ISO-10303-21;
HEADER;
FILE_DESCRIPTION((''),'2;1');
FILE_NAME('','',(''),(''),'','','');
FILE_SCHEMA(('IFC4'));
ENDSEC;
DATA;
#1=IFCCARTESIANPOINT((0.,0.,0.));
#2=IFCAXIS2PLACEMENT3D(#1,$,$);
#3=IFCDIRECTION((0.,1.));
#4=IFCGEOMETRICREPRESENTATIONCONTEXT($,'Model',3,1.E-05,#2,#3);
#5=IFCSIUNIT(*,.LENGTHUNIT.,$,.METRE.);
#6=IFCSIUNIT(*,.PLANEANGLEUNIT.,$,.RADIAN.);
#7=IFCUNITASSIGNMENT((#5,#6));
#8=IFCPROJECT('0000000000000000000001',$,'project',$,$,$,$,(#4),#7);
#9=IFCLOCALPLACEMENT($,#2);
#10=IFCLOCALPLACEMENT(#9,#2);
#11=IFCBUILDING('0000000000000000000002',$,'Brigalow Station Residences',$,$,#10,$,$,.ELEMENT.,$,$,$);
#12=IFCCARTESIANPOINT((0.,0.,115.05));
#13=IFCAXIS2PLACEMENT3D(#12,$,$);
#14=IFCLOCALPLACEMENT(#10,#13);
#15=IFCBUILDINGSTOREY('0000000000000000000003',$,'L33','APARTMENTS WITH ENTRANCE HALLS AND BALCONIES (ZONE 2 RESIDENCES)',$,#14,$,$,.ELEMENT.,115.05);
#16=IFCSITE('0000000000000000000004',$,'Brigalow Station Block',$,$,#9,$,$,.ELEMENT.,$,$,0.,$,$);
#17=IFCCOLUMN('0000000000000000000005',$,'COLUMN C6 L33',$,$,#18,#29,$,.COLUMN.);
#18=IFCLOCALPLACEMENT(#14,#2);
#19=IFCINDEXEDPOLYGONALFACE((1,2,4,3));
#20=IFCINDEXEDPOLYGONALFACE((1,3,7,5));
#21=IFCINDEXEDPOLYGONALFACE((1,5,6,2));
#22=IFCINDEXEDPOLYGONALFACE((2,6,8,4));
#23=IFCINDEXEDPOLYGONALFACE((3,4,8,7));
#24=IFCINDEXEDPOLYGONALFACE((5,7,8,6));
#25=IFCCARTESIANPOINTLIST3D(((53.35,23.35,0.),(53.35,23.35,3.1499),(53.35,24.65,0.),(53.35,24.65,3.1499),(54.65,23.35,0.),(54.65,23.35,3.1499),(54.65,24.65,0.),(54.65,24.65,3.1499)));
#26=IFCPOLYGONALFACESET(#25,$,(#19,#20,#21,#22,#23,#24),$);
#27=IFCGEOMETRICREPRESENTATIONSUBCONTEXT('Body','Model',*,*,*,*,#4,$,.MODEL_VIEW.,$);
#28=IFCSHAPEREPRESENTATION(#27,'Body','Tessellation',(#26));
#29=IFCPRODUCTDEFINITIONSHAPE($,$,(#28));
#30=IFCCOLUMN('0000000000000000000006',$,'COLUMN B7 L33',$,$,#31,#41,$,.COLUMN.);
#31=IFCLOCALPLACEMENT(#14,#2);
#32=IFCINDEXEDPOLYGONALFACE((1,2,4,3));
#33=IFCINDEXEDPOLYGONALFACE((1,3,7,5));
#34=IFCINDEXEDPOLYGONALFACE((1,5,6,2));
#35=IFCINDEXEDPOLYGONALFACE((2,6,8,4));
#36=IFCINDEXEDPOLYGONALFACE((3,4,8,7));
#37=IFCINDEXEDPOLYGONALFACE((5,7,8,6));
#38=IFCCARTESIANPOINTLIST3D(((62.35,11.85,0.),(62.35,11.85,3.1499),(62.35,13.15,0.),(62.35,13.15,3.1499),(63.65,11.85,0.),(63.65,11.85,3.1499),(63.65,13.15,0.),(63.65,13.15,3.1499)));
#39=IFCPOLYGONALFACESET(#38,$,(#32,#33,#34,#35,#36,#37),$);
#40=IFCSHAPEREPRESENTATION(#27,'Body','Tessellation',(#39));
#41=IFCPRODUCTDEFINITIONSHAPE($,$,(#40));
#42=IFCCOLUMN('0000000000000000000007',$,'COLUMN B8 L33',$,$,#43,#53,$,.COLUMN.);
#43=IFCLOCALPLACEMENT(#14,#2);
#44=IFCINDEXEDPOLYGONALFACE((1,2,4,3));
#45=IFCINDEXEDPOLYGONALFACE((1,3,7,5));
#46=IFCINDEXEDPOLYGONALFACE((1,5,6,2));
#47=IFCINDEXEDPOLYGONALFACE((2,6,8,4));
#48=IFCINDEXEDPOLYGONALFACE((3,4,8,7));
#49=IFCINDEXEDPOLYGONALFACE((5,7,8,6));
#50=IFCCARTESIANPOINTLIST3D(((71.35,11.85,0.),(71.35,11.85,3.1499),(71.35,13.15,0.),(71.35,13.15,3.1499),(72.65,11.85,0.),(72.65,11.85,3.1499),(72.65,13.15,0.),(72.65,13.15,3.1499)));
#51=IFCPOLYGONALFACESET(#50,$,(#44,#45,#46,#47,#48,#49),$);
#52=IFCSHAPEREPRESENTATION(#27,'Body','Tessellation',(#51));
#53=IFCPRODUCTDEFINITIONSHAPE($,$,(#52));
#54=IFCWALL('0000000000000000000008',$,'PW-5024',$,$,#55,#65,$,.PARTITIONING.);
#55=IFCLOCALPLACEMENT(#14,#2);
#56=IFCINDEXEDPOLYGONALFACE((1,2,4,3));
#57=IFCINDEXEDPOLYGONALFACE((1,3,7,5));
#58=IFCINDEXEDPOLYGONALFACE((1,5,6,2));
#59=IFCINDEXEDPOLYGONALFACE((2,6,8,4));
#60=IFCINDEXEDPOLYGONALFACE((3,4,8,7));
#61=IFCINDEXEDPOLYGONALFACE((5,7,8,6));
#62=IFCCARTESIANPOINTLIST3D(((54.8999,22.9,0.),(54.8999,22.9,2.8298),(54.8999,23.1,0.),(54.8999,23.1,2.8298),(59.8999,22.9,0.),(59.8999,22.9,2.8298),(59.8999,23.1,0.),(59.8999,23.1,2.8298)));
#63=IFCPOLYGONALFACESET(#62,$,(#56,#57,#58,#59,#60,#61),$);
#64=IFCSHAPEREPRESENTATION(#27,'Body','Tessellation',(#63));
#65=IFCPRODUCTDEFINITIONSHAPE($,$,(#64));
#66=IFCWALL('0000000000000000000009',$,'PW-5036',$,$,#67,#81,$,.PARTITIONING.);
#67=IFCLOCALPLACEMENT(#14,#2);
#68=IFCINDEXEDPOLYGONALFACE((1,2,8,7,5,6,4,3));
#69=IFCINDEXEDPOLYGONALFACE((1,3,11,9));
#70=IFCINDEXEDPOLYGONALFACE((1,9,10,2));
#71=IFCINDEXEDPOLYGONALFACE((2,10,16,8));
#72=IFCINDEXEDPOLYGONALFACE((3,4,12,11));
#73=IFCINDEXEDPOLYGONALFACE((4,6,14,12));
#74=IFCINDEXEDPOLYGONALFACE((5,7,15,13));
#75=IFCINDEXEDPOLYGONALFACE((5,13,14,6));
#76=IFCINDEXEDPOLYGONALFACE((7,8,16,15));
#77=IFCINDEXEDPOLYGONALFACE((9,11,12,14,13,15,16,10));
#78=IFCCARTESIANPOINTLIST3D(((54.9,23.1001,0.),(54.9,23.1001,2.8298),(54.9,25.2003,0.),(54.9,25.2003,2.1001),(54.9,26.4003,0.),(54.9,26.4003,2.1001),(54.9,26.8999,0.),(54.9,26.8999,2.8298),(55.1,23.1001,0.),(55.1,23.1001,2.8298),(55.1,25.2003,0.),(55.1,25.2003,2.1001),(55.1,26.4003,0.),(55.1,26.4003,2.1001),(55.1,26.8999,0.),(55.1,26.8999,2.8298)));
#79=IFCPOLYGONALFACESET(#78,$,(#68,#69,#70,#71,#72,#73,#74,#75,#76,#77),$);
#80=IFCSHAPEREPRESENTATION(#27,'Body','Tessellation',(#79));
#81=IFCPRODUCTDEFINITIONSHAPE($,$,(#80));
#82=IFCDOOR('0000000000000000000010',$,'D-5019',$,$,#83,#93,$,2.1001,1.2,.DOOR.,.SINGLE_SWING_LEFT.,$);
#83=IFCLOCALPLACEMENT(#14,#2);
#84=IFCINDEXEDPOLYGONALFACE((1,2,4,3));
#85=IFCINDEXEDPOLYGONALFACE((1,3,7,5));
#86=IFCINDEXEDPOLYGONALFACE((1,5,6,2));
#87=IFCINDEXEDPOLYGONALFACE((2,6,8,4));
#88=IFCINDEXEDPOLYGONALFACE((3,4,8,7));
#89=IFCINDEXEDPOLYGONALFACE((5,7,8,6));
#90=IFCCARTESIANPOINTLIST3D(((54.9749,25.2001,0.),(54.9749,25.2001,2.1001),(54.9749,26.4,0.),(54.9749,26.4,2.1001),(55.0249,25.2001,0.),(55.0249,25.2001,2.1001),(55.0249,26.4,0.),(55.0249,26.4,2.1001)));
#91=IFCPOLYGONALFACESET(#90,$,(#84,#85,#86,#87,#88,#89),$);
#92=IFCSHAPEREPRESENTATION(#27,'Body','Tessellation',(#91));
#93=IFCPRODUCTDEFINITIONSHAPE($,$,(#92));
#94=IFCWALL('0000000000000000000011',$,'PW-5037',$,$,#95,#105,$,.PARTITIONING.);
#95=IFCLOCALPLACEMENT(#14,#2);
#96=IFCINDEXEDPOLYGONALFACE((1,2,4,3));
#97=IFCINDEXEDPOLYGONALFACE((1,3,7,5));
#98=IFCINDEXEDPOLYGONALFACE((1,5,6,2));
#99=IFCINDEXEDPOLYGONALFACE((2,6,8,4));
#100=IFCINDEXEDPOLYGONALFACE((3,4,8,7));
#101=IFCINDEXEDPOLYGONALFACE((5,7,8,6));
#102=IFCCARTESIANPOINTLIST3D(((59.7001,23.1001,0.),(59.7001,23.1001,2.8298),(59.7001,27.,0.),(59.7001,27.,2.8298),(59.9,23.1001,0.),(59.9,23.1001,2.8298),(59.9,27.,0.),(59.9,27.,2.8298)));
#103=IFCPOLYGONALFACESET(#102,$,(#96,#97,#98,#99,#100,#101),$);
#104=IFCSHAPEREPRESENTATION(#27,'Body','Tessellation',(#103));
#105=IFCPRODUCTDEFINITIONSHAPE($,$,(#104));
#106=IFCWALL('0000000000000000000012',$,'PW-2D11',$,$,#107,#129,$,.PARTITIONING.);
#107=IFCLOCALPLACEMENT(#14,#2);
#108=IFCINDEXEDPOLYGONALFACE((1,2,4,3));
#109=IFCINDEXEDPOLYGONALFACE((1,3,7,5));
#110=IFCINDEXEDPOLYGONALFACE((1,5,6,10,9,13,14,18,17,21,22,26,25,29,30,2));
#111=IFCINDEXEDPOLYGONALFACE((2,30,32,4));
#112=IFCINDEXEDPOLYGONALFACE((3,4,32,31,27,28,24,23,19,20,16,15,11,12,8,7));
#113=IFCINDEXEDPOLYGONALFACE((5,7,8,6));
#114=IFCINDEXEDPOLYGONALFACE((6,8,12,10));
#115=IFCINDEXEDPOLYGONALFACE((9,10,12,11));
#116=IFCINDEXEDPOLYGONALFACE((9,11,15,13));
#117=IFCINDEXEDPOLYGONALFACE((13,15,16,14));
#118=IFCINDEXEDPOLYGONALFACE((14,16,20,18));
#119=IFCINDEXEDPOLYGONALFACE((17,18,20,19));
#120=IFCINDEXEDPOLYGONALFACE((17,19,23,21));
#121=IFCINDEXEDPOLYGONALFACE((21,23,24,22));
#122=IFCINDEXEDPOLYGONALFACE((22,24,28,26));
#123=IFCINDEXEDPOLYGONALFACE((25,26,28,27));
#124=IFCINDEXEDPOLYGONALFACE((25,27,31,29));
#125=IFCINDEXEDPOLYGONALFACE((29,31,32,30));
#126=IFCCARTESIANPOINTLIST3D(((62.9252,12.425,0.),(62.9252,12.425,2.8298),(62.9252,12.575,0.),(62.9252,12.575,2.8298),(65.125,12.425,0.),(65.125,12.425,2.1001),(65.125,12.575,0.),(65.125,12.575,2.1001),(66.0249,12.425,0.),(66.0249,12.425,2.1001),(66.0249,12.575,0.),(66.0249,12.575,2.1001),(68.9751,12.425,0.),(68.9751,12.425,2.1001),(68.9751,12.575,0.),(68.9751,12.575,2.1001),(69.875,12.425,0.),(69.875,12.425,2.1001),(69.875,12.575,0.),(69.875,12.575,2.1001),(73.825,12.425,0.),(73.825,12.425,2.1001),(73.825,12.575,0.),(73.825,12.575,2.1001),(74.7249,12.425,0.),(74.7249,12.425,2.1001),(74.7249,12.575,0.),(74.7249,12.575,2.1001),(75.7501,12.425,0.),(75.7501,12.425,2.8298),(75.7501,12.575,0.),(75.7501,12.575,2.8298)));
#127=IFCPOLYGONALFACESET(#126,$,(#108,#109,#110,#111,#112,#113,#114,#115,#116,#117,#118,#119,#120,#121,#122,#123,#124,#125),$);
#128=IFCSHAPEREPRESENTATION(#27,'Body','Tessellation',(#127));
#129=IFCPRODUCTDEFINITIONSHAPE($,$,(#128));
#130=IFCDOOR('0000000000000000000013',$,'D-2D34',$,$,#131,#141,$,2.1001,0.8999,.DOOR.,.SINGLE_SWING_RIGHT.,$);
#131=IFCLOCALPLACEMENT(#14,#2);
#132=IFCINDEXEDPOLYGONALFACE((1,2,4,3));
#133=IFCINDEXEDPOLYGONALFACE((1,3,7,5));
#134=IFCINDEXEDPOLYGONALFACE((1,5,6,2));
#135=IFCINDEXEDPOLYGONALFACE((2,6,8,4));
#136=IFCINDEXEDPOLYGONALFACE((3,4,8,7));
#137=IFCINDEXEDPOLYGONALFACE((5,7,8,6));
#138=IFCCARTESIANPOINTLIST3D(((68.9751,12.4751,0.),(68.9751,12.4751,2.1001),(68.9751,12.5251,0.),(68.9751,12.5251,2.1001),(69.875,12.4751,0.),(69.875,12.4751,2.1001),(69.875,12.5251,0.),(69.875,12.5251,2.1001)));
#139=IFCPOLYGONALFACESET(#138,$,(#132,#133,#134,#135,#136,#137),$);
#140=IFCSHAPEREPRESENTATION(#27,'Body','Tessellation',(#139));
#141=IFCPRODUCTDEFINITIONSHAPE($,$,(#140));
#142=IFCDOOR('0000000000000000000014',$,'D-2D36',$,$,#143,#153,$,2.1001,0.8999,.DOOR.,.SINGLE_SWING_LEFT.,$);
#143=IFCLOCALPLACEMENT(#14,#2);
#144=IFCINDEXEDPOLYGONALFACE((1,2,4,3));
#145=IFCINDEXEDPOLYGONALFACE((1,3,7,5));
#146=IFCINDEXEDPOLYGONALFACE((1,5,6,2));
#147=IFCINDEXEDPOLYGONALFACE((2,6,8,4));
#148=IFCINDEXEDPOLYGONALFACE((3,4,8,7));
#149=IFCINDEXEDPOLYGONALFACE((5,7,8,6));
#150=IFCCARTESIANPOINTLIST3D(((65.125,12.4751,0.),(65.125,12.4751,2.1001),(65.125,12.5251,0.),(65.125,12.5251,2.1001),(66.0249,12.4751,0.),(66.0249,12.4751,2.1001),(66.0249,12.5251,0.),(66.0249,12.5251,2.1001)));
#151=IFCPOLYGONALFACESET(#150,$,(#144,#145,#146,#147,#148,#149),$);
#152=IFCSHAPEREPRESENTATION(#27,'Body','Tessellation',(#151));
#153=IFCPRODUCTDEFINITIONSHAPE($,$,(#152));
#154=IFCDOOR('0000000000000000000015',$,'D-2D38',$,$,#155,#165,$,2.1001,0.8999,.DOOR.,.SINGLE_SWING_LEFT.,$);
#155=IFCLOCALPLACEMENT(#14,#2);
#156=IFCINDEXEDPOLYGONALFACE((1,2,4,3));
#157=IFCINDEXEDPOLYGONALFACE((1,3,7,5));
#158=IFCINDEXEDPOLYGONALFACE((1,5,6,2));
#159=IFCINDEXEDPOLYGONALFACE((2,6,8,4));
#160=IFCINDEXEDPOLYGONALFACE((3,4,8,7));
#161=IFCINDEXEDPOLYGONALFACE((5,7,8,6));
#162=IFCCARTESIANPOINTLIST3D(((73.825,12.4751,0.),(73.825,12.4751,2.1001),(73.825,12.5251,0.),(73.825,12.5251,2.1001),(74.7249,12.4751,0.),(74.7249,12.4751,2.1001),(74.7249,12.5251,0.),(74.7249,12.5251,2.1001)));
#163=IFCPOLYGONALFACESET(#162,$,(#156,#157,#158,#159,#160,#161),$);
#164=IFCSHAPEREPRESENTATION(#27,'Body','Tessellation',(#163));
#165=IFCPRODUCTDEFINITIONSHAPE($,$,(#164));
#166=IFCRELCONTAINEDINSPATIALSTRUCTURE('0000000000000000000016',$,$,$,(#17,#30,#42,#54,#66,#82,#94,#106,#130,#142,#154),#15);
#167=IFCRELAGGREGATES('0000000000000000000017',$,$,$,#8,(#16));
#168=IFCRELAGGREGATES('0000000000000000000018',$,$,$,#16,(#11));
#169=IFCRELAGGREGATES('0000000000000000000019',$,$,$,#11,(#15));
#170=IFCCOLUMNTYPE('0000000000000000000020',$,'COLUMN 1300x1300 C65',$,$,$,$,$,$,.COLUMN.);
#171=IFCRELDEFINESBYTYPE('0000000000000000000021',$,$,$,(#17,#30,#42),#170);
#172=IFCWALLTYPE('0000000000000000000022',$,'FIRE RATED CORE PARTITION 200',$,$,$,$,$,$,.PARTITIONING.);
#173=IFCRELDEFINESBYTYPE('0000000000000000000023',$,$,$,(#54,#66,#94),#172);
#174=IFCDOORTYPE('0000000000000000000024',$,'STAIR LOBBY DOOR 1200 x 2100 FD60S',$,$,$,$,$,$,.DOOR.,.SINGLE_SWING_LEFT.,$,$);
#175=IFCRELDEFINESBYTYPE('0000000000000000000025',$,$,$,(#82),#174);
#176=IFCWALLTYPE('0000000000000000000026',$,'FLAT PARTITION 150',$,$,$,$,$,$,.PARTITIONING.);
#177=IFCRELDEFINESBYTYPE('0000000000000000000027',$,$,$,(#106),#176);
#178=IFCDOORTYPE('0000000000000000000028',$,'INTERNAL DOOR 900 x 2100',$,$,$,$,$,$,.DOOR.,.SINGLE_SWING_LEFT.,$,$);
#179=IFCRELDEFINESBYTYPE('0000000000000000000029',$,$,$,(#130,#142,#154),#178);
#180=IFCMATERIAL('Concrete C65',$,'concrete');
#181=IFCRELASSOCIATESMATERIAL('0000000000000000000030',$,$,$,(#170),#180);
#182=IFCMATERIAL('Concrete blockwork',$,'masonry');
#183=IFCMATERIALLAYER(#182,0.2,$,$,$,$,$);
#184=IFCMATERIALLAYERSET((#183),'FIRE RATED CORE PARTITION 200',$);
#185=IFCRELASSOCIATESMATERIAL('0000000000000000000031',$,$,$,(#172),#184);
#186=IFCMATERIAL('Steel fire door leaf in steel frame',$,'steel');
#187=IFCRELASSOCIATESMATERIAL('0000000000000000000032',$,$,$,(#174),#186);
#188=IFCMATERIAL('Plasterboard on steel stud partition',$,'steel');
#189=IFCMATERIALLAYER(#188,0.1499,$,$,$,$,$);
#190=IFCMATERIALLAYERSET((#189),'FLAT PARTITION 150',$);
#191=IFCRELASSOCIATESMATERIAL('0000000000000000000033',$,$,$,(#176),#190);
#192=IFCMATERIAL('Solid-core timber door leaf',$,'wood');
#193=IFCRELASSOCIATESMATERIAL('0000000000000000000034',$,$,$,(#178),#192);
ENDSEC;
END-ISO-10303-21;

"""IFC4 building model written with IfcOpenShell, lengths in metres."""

from ifc_helpers import new_model, si_unit, direction, frame, frame_2d, origin, origin_2d, place, context, subcontext, project, spatial, rectangle, extrude, material, layer, layer_set, material_profile, profile_set, type_object, element, fill, save


model = new_model("IFC4")

# Units and contexts
model_context = context("Model", 3, precision=1e-05, world=origin(), true_north=direction((0.0, 1.0)))
body_context = subcontext(model_context, "Body", "Model", "MODEL_VIEW")
ifc_project = project(units=[si_unit("LENGTHUNIT", "METRE"), si_unit("PLANEANGLEUNIT", "RADIAN")], contexts=[model_context])

# Site, building, storey
site_placement = place(None, origin())
site = spatial("IfcSite", under=ifc_project, at=site_placement, Name="Brigalow Station Block", CompositionType="ELEMENT", RefElevation=0.0)
building_placement = place(site_placement, origin())
building = spatial("IfcBuilding", under=site, at=building_placement, Name="Brigalow Station Residences", CompositionType="ELEMENT")
storey_placement = place(building_placement, frame((0.0, 0.0, 115.05)))
storey = spatial("IfcBuildingStorey", under=building, at=storey_placement, Name="L33", Description="APARTMENTS WITH ENTRANCE HALLS AND BALCONIES (ZONE 2 RESIDENCES)", CompositionType="ELEMENT", Elevation=115.05)

# Columns
ifc_material_1 = material(Name="Concrete C65", Category="concrete")
ifc_material_profile = material_profile(ifc_material_1, rectangle(XDim=1.3, YDim=1.3, at=origin_2d()), Name="RC1300x1300")
ifc_profile_set = profile_set([ifc_material_profile], Name="Concrete C65")
column_type = type_object("IfcColumnType", Name="COLUMN 1300x1300 C65", PredefinedType="COLUMN", material=ifc_profile_set)
for number, where, z_axis, x_axis, name in (
    (1, (54.0, 24.0, 0.0), (0.0, 0.0, 1.0), (1.0, 0.0, 0.0), "COLUMN C6 L33"),
    (2, (63.0, 12.5, 0.0), (0.0, 0.0, 1.0), (1.0, 0.0, 0.0), "COLUMN B7 L33"),
    (3, (72.0, 12.5, 0.0), (0.0, 0.0, 1.0), (1.0, 0.0, 0.0), "COLUMN B8 L33"),
):
    element("IfcColumn", number, at=place(storey_placement, frame(where, z_axis=z_axis, x_axis=x_axis)), inside=storey, type_object=column_type, Name=name, PredefinedType="COLUMN", context=body_context, shape_type="SweptSolid", body=[
        extrude(rectangle(XDim=1.3, YDim=1.3, at=origin_2d()), origin(), (0.0, 0.0, 1.0), 3.1499),
    ])

# Wall
ifc_material_2 = material(Name="Concrete blockwork", Category="masonry")
ifc_layer_1 = layer(ifc_material_2, 0.2)
ifc_layer_set_1 = layer_set([ifc_layer_1], Name="FIRE RATED CORE PARTITION 200")
wall_type_1 = type_object("IfcWallType", Name="FIRE RATED CORE PARTITION 200", PredefinedType="PARTITIONING", material=ifc_layer_set_1)
wall_1_placement = place(storey_placement, frame((54.8999, 23.0, 0.0), z_axis=(0.0, 0.0, 1.0), x_axis=(1.0, 0.0, 0.0)))
element("IfcWall", 4, at=wall_1_placement, inside=storey, type_object=wall_type_1, Name="PW-5024", PredefinedType="PARTITIONING", context=body_context, shape_type="SweptSolid", body=[
    extrude(rectangle(XDim=5.0, YDim=0.2, at=frame_2d((2.5, 0.0))), origin(), (0.0, 0.0, 1.0), 2.8298),
])

# Wall, opening, door
wall_2_placement = place(storey_placement, frame((55.0, 23.1001, 0.0), z_axis=(0.0, 0.0, 1.0), x_axis=(0.0, 1.0, 0.0)))
wall_2 = element("IfcWall", 5, at=wall_2_placement, inside=storey, type_object=wall_type_1, Name="PW-5036", PredefinedType="PARTITIONING", context=body_context, shape_type="SweptSolid", body=[
    extrude(rectangle(XDim=3.7998, YDim=0.2, at=frame_2d((1.8999, 0.0))), origin(), (0.0, 0.0, 1.0), 2.8298),
])
opening_1_placement = place(wall_2_placement, frame((2.1001, 0.0, 0.0)))
opening_1 = element("IfcOpeningElement", 6, at=opening_1_placement, cuts=wall_2, PredefinedType="OPENING", context=body_context, shape_type="SweptSolid", body=[
    extrude(rectangle(XDim=1.2, YDim=2.1001, at=frame_2d((0.6001, 1.05))), frame((0.0, 0.1099, 0.0), z_axis=(0.0, -1.0, 0.0), x_axis=(1.0, 0.0, 0.0)), (0.0, 0.0, 1.0), 0.22),
])
ifc_material_3 = material(Name="Steel fire door leaf in steel frame", Category="steel")
door_type_1 = type_object("IfcDoorType", Name="STAIR LOBBY DOOR 1200 x 2100 FD60S", OperationType="SINGLE_SWING_LEFT", PredefinedType="DOOR", material=ifc_material_3)
door_1_placement = place(opening_1_placement, frame((1.2, 0.0, 0.0), z_axis=(0.0, 0.0, 1.0), x_axis=(-1.0, 0.0, 0.0)))
door_1 = element("IfcDoor", 7, at=door_1_placement, inside=storey, type_object=door_type_1, Name="D-5019", OperationType="SINGLE_SWING_LEFT", OverallHeight=2.1001, OverallWidth=1.2, PredefinedType="DOOR", context=body_context, shape_type="SweptSolid", body=[
    extrude(rectangle(XDim=1.2, YDim=2.1001, at=frame_2d((0.6001, 1.05))), frame((0.0, 0.0249, 0.0), z_axis=(0.0, -1.0, 0.0), x_axis=(1.0, 0.0, 0.0)), (0.0, 0.0, 1.0), 0.05),
])
fill(opening_1, door_1)

# Wall
wall_3_placement = place(storey_placement, frame((59.8, 23.1001, 0.0), z_axis=(0.0, 0.0, 1.0), x_axis=(0.0, 1.0, 0.0)))
element("IfcWall", 8, at=wall_3_placement, inside=storey, type_object=wall_type_1, Name="PW-5037", PredefinedType="PARTITIONING", context=body_context, shape_type="SweptSolid", body=[
    extrude(rectangle(XDim=3.8999, YDim=0.2, at=frame_2d((1.95, 0.0))), origin(), (0.0, 0.0, 1.0), 2.8298),
])

# Wall, openings, doors
ifc_material_4 = material(Name="Plasterboard on steel stud partition", Category="steel")
ifc_layer_2 = layer(ifc_material_4, 0.1499)
ifc_layer_set_2 = layer_set([ifc_layer_2], Name="FLAT PARTITION 150")
wall_type_2 = type_object("IfcWallType", Name="FLAT PARTITION 150", PredefinedType="PARTITIONING", material=ifc_layer_set_2)
wall_4_placement = place(storey_placement, frame((62.925, 12.5, 0.0), z_axis=(0.0, 0.0, 1.0), x_axis=(1.0, 0.0, 0.0)))
wall_4 = element("IfcWall", 9, at=wall_4_placement, inside=storey, type_object=wall_type_2, Name="PW-2D11", PredefinedType="PARTITIONING", context=body_context, shape_type="SweptSolid", body=[
    extrude(rectangle(XDim=12.825, YDim=0.1499, at=frame_2d((6.4126, 0.0))), origin(), (0.0, 0.0, 1.0), 2.8298),
])
opening_2_placement = place(wall_4_placement, frame((6.05, 0.0, 0.0)))
opening_2 = element("IfcOpeningElement", 10, at=opening_2_placement, cuts=wall_4, PredefinedType="OPENING", context=body_context, shape_type="SweptSolid", body=[
    extrude(rectangle(XDim=0.8999, YDim=2.1001, at=frame_2d((0.45, 1.05))), frame((0.0, 0.085, 0.0), z_axis=(0.0, -1.0, 0.0), x_axis=(1.0, 0.0, 0.0)), (0.0, 0.0, 1.0), 0.1699),
])
opening_3_placement = place(wall_4_placement, frame((2.2, 0.0, 0.0)))
opening_3 = element("IfcOpeningElement", 11, at=opening_3_placement, cuts=wall_4, PredefinedType="OPENING", context=body_context, shape_type="SweptSolid", body=[
    extrude(rectangle(XDim=0.8999, YDim=2.1001, at=frame_2d((0.45, 1.05))), frame((0.0, 0.085, 0.0), z_axis=(0.0, -1.0, 0.0), x_axis=(1.0, 0.0, 0.0)), (0.0, 0.0, 1.0), 0.1699),
])
opening_4_placement = place(wall_4_placement, frame((10.8999, 0.0, 0.0)))
opening_4 = element("IfcOpeningElement", 12, at=opening_4_placement, cuts=wall_4, PredefinedType="OPENING", context=body_context, shape_type="SweptSolid", body=[
    extrude(rectangle(XDim=0.8999, YDim=2.1001, at=frame_2d((0.45, 1.05))), frame((0.0, 0.085, 0.0), z_axis=(0.0, -1.0, 0.0), x_axis=(1.0, 0.0, 0.0)), (0.0, 0.0, 1.0), 0.1699),
])
ifc_material_5 = material(Name="Solid-core timber door leaf", Category="wood")
door_type_2 = type_object("IfcDoorType", Name="INTERNAL DOOR 900 x 2100", OperationType="SINGLE_SWING_LEFT", PredefinedType="DOOR", material=ifc_material_5)
door_2_placement = place(opening_2_placement, frame((0.8999, 0.0, 0.0), z_axis=(0.0, 0.0, 1.0), x_axis=(-1.0, 0.0, 0.0)))
door_2 = element("IfcDoor", 13, at=door_2_placement, inside=storey, type_object=door_type_2, Name="D-2D34", OperationType="SINGLE_SWING_RIGHT", OverallHeight=2.1001, OverallWidth=0.8999, PredefinedType="DOOR", context=body_context, shape_type="SweptSolid", body=[
    extrude(rectangle(XDim=0.8999, YDim=2.1001, at=frame_2d((0.45, 1.05))), frame((0.0, 0.0249, 0.0), z_axis=(0.0, -1.0, 0.0), x_axis=(1.0, 0.0, 0.0)), (0.0, 0.0, 1.0), 0.05),
])
fill(opening_2, door_2)
door_3_placement = place(opening_3_placement, frame((0.8999, 0.0, 0.0), z_axis=(0.0, 0.0, 1.0), x_axis=(-1.0, 0.0, 0.0)))
door_3 = element("IfcDoor", 14, at=door_3_placement, inside=storey, type_object=door_type_2, Name="D-2D36", OperationType="SINGLE_SWING_LEFT", OverallHeight=2.1001, OverallWidth=0.8999, PredefinedType="DOOR", context=body_context, shape_type="SweptSolid", body=[
    extrude(rectangle(XDim=0.8999, YDim=2.1001, at=frame_2d((0.45, 1.05))), frame((0.0, 0.0249, 0.0), z_axis=(0.0, -1.0, 0.0), x_axis=(1.0, 0.0, 0.0)), (0.0, 0.0, 1.0), 0.05),
])
fill(opening_3, door_3)
door_4_placement = place(opening_4_placement, frame((0.8999, 0.0, 0.0), z_axis=(0.0, 0.0, 1.0), x_axis=(-1.0, 0.0, 0.0)))
door_4 = element("IfcDoor", 15, at=door_4_placement, inside=storey, type_object=door_type_2, Name="D-2D38", OperationType="SINGLE_SWING_LEFT", OverallHeight=2.1001, OverallWidth=0.8999, PredefinedType="DOOR", context=body_context, shape_type="SweptSolid", body=[
    extrude(rectangle(XDim=0.8999, YDim=2.1001, at=frame_2d((0.45, 1.05))), frame((0.0, 0.0249, 0.0), z_axis=(0.0, -1.0, 0.0), x_axis=(1.0, 0.0, 0.0)), (0.0, 0.0, 1.0), 0.05),
])
fill(opening_4, door_4)

save(model, "model.ifc")
